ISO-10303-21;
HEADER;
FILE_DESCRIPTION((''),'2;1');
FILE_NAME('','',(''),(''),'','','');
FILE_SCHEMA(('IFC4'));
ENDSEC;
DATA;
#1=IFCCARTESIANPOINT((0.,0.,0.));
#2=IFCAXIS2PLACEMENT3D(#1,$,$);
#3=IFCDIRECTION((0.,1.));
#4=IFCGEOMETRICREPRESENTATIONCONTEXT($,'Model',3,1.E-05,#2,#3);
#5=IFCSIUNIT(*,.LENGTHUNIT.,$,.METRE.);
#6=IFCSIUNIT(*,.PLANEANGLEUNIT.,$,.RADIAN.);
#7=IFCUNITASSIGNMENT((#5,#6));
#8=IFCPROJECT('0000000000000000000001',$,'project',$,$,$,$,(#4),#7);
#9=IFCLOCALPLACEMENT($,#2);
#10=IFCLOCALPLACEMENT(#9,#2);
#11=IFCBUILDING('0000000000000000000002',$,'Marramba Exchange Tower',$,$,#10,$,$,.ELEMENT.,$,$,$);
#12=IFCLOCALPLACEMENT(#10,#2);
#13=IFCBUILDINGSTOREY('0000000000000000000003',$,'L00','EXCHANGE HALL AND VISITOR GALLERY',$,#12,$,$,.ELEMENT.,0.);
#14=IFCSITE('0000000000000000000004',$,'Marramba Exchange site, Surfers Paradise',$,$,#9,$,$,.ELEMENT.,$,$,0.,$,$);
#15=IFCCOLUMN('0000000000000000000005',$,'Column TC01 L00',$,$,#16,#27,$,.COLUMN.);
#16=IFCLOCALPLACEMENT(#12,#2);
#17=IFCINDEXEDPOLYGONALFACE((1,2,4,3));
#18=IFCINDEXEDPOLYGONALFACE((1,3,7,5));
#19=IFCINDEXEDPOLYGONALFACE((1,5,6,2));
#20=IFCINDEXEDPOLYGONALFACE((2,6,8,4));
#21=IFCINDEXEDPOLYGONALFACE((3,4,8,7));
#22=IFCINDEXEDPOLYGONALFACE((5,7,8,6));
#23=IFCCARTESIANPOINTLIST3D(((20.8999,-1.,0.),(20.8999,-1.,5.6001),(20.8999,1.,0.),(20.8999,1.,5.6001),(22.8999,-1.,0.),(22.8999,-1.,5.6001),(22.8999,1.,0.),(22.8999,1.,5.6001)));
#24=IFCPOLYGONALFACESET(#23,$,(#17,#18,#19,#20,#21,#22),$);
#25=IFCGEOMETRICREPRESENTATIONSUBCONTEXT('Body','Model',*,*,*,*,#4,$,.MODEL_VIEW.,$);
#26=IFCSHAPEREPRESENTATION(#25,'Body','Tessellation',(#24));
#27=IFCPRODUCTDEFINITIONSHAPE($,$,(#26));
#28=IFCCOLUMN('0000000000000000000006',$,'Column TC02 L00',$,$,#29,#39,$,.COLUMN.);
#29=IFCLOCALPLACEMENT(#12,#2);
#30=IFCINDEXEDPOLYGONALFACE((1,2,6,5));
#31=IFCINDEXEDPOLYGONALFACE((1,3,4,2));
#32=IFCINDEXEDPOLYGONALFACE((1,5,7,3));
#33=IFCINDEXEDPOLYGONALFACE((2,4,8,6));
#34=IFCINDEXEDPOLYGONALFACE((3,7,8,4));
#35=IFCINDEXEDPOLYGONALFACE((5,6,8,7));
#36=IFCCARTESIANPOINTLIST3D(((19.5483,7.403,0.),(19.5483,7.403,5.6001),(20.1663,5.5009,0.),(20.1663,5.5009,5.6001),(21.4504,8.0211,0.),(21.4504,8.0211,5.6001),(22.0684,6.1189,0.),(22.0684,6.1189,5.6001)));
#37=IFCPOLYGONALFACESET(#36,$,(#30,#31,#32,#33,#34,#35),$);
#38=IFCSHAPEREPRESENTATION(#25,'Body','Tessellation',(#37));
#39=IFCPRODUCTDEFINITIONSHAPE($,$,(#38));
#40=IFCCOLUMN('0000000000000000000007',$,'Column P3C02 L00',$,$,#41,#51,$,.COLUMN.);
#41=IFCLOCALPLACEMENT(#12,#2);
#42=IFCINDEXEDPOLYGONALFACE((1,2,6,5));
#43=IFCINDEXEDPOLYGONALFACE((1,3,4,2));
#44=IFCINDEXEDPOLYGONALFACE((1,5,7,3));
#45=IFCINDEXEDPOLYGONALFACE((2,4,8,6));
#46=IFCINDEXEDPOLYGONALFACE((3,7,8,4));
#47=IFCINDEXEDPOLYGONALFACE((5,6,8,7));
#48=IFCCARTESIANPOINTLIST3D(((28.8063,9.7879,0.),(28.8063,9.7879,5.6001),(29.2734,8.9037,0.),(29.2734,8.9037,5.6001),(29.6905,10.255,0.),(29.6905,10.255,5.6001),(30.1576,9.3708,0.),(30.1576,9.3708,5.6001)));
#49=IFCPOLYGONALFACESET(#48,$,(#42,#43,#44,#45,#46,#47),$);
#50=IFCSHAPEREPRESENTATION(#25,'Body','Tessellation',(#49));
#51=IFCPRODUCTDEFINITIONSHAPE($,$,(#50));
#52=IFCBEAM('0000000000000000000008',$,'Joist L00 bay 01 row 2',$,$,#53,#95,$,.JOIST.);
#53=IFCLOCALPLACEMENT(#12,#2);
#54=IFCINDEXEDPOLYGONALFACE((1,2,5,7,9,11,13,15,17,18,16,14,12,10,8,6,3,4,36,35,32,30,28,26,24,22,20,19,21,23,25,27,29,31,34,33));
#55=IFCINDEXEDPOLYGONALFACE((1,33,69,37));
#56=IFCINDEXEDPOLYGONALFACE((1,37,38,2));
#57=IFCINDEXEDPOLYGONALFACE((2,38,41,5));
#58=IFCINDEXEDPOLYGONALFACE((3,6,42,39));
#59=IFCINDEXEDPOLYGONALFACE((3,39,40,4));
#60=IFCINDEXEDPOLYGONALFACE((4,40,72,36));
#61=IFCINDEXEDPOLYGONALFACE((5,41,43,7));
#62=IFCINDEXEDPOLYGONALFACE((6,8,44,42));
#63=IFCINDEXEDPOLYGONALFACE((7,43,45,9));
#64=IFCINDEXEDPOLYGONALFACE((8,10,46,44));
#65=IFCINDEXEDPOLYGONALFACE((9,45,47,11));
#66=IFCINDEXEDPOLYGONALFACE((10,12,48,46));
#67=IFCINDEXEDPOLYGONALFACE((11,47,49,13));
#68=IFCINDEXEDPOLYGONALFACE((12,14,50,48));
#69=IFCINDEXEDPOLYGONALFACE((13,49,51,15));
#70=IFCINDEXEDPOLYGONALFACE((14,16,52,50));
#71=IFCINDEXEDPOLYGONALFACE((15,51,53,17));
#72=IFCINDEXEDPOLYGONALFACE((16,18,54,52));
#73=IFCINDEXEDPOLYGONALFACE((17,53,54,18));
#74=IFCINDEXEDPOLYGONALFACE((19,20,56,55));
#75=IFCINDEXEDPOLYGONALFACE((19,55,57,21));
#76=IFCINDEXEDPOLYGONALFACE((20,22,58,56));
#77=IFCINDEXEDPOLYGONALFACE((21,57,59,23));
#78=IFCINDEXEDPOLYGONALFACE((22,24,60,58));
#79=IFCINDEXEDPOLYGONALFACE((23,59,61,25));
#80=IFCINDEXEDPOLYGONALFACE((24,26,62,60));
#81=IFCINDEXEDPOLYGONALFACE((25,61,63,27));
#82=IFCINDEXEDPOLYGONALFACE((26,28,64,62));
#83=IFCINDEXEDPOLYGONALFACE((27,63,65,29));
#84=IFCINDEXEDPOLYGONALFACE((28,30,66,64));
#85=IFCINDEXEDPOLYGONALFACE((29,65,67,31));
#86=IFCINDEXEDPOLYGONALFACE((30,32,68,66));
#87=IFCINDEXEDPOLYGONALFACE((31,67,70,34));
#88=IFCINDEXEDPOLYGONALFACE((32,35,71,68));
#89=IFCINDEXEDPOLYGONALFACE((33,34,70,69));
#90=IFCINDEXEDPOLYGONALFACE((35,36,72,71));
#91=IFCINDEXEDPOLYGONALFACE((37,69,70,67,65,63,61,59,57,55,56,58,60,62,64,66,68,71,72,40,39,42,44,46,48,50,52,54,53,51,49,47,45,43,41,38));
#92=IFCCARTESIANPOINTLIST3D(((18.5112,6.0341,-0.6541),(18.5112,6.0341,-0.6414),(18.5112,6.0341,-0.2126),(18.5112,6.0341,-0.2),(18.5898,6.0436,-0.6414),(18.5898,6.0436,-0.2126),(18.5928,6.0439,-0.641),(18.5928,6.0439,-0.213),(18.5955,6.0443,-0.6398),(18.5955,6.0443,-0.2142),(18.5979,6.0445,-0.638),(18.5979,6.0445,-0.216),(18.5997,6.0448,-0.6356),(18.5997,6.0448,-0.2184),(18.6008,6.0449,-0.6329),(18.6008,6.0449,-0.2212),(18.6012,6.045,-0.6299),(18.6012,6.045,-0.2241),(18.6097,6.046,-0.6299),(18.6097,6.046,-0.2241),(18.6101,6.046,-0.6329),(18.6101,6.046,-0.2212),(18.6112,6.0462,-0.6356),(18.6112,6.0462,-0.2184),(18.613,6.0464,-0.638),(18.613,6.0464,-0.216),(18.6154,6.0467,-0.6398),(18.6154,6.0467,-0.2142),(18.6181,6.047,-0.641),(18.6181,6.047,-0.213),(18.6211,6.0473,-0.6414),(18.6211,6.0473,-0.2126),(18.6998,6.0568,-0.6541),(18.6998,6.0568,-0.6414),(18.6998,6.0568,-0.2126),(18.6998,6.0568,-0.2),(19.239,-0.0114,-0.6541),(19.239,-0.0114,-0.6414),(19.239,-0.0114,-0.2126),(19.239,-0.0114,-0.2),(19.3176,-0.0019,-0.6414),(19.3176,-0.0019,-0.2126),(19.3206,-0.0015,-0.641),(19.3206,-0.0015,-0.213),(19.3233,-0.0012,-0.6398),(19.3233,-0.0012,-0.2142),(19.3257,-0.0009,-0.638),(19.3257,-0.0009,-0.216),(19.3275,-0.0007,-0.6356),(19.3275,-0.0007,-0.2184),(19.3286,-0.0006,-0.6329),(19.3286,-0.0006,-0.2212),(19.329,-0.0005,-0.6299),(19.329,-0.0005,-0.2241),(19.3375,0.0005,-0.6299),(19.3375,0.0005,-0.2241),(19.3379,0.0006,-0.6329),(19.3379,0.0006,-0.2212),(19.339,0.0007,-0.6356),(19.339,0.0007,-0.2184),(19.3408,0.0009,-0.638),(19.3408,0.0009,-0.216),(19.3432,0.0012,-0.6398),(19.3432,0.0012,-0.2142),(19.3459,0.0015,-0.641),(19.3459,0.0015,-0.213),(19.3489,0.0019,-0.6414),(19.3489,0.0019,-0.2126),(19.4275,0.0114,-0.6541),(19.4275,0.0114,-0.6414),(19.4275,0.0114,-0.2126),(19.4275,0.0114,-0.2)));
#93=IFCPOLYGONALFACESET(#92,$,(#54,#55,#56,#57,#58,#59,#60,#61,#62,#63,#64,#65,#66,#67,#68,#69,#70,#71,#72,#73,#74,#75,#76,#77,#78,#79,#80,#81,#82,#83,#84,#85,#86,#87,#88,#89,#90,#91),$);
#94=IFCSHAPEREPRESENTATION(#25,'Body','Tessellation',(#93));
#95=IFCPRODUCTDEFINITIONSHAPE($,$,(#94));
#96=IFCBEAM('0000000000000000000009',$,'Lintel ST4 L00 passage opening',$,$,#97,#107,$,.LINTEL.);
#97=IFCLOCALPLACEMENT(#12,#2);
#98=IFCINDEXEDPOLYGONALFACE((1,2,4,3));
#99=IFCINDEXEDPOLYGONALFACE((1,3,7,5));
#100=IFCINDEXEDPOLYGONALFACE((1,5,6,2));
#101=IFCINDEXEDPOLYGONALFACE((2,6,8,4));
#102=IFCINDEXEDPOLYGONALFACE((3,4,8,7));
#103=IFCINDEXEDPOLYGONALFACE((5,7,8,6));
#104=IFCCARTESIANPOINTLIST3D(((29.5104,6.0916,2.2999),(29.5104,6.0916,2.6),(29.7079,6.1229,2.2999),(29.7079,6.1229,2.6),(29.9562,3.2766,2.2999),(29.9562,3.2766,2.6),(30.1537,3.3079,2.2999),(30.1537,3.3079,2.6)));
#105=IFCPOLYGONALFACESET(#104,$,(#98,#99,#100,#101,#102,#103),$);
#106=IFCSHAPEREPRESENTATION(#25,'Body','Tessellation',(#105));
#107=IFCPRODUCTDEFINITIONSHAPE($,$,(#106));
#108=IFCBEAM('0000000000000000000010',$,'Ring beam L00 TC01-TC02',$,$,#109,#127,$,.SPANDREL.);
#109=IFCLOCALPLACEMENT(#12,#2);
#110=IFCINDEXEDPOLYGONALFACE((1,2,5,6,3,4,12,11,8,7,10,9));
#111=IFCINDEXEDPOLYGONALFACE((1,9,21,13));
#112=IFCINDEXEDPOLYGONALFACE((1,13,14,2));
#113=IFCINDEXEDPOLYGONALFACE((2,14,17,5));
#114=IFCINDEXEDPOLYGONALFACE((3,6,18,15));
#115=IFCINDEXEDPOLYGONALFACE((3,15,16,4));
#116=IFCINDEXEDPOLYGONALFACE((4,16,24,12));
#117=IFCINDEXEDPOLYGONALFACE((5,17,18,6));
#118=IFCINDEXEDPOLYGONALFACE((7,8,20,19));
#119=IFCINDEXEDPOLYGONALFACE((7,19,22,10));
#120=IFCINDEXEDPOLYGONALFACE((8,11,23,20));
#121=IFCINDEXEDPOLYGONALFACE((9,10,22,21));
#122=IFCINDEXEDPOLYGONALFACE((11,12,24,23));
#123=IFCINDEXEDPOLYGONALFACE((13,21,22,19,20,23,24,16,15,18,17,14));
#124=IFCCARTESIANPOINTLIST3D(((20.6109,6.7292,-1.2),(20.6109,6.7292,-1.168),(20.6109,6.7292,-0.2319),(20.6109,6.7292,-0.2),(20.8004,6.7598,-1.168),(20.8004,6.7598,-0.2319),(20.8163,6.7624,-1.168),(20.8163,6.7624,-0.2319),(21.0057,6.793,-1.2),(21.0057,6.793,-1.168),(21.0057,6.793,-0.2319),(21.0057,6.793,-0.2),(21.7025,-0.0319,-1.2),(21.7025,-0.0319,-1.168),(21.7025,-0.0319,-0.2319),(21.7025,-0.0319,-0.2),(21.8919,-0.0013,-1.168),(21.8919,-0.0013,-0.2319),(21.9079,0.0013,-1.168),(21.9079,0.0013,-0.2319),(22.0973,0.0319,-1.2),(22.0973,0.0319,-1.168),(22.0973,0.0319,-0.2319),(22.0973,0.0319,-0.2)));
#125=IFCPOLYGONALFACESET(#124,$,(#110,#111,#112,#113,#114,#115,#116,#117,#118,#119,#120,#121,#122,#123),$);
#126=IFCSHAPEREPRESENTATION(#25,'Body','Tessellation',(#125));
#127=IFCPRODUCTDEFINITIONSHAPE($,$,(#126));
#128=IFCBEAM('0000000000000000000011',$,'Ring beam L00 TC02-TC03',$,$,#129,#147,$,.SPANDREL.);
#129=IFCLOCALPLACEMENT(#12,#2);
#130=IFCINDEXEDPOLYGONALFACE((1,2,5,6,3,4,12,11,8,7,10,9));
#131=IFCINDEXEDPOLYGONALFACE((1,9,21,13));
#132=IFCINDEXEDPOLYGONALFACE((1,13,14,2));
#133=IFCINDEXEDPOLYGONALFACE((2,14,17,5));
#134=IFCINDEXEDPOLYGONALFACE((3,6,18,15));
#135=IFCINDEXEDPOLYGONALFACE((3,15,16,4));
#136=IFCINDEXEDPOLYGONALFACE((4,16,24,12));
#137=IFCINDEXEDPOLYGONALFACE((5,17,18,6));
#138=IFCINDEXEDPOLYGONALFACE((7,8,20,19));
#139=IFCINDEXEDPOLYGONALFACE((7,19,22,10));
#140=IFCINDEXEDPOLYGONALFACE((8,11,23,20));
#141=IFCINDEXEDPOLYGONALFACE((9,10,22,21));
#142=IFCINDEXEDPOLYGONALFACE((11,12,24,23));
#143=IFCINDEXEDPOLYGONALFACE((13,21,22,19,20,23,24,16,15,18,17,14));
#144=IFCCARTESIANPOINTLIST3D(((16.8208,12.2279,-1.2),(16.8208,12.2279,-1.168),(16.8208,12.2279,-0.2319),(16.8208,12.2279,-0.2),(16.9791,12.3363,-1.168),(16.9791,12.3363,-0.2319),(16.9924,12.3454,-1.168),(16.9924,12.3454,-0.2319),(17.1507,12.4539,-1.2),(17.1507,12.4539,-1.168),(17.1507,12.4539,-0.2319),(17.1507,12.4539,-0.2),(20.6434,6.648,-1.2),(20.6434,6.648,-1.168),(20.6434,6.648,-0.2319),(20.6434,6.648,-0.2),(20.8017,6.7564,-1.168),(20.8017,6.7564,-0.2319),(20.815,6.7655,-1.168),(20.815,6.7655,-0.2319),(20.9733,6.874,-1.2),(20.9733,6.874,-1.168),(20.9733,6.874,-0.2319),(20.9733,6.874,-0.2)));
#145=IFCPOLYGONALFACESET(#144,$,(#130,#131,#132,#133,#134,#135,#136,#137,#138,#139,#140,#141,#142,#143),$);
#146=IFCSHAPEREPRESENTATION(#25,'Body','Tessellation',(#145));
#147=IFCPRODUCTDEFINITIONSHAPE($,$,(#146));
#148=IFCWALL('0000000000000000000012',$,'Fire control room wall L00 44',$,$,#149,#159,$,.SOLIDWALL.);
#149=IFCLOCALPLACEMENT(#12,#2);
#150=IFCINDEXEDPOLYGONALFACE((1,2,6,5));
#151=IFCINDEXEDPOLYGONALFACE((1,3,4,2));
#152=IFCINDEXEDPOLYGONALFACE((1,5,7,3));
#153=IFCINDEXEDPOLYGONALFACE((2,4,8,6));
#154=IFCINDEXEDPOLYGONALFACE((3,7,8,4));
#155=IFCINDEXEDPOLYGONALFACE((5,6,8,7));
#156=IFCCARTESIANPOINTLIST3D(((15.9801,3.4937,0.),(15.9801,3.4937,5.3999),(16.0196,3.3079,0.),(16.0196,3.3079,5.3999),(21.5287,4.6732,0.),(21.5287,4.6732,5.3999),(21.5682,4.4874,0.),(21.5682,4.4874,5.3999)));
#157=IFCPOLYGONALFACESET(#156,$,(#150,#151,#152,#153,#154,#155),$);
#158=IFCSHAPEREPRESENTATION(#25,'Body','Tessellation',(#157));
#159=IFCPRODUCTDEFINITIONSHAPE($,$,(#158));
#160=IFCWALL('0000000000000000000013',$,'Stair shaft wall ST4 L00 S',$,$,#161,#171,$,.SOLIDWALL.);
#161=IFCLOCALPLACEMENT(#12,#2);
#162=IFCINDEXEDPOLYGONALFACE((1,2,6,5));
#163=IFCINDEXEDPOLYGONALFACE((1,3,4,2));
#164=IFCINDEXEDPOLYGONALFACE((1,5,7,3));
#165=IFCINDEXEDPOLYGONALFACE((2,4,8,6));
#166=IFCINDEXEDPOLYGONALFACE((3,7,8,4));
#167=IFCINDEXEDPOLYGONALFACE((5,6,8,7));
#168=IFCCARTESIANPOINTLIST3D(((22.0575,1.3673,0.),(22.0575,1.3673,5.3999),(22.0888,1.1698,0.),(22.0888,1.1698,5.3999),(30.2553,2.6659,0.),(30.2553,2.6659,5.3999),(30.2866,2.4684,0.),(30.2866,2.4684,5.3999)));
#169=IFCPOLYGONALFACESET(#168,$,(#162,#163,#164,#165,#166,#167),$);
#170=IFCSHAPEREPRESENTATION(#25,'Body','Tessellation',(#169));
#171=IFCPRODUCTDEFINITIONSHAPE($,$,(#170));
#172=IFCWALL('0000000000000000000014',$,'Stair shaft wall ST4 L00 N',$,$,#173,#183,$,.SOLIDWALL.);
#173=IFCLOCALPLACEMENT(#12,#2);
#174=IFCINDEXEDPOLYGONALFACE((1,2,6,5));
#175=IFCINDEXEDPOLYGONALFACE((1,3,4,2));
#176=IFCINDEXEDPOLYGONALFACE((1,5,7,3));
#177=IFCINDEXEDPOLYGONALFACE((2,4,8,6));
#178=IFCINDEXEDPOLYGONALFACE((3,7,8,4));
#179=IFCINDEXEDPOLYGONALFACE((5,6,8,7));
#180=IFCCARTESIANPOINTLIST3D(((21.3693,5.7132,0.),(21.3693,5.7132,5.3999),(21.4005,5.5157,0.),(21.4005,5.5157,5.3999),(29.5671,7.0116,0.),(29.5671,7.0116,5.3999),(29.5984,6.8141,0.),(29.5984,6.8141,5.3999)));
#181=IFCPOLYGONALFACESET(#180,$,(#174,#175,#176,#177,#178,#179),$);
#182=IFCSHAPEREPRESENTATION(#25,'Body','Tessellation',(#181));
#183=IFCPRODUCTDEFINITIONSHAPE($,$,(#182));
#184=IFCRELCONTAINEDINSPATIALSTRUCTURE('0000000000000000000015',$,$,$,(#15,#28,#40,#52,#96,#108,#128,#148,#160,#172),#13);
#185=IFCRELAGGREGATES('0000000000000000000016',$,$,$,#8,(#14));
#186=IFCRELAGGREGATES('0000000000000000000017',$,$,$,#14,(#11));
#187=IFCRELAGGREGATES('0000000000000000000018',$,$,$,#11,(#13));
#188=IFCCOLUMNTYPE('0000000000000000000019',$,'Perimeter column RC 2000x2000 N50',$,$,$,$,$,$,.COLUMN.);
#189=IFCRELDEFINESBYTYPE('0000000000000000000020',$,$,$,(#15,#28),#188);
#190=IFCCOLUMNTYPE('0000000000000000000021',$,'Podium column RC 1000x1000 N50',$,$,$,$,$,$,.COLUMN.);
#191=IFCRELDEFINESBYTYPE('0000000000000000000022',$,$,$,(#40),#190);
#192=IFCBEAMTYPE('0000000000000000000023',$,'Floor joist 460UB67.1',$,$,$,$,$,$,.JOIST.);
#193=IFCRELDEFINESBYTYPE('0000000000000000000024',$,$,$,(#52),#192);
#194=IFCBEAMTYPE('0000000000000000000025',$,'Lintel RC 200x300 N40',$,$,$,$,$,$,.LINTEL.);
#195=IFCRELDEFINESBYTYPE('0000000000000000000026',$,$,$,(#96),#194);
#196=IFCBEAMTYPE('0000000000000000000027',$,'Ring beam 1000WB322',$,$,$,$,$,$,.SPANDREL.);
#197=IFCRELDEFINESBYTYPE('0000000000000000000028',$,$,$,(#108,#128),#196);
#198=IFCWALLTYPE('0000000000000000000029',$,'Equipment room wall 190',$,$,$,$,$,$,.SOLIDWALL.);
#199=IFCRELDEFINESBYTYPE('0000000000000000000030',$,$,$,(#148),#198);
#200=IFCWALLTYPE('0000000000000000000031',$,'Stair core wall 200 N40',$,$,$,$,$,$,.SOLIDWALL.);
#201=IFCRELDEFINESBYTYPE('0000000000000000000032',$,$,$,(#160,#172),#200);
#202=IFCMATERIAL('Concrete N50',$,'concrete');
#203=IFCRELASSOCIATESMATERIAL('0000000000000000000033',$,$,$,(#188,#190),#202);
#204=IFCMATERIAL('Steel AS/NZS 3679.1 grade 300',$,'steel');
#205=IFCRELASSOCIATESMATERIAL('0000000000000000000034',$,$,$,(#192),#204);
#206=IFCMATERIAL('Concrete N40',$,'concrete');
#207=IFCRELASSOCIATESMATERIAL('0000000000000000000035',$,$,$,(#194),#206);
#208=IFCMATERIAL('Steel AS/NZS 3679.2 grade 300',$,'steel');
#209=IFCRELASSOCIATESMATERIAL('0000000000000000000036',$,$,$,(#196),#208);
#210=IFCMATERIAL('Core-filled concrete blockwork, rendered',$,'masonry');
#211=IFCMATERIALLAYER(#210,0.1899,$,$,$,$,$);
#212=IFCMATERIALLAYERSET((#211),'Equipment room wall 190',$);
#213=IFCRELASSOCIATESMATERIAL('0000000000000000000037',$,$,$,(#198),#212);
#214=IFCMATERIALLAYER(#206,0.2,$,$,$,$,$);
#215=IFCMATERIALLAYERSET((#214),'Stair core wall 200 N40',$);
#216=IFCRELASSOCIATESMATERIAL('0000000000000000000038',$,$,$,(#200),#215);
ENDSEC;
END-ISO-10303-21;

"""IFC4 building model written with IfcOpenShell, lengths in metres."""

from ifc_helpers import new_model, si_unit, direction, frame, frame_2d, origin, origin_2d, place, context, subcontext, project, spatial, rectangle, i_section, extrude, material, layer, layer_set, material_profile, profile_set, type_object, element, save


model = new_model("IFC4")

# Units and contexts
model_context = context("Model", 3, precision=1e-05, world=origin(), true_north=direction((0.0, 1.0)))
body_context = subcontext(model_context, "Body", "Model", "MODEL_VIEW")
ifc_project = project(units=[si_unit("LENGTHUNIT", "METRE"), si_unit("PLANEANGLEUNIT", "RADIAN")], contexts=[model_context])

# Site, building, storey
site_placement = place(None, origin())
site = spatial("IfcSite", under=ifc_project, at=site_placement, Name="Marramba Exchange site, Surfers Paradise", CompositionType="ELEMENT", RefElevation=0.0)
building_placement = place(site_placement, origin())
building = spatial("IfcBuilding", under=site, at=building_placement, Name="Marramba Exchange Tower", CompositionType="ELEMENT")
storey_placement = place(building_placement, origin())
storey = spatial("IfcBuildingStorey", under=building, at=storey_placement, Name="L00", Description="EXCHANGE HALL AND VISITOR GALLERY", CompositionType="ELEMENT", Elevation=0.0)

# Columns
ifc_material_1 = material(Name="Concrete N50", Category="concrete")
ifc_material_profile_1 = material_profile(ifc_material_1, rectangle(XDim=2.0, YDim=2.0, at=origin_2d()), Name="RC 2000x2000")
ifc_profile_set_1 = profile_set([ifc_material_profile_1], Name="Concrete N50")
column_type_1 = type_object("IfcColumnType", Name="Perimeter column RC 2000x2000 N50", PredefinedType="COLUMN", material=ifc_profile_set_1)
for number, where, z_axis, x_axis, name in (
    (1, (21.8999, 0.0, 0.0), (0.0, 0.0, 1.0), (1.0, 0.0, 0.0), "Column TC01 L00"),
    (2, (20.8083, 6.761, 0.0), (0.0, 0.0, 1.0), (0.951057, 0.309017, 0.0), "Column TC02 L00"),
):
    element("IfcColumn", number, at=place(storey_placement, frame(where, z_axis=z_axis, x_axis=x_axis)), inside=storey, type_object=column_type_1, Name=name, PredefinedType="COLUMN", context=body_context, shape_type="SweptSolid", body=[
        extrude(rectangle(XDim=2.0, YDim=2.0, at=origin_2d()), origin(), (0.0, 0.0, 1.0), 5.6001),
    ])
ifc_material_profile_2 = material_profile(ifc_material_1, rectangle(XDim=1.0, YDim=1.0, at=origin_2d()), Name="RC 1000x1000")
ifc_profile_set_2 = profile_set([ifc_material_profile_2], Name="Concrete N50")
column_type_2 = type_object("IfcColumnType", Name="Podium column RC 1000x1000 N50", PredefinedType="COLUMN", material=ifc_profile_set_2)
column_placement = place(storey_placement, frame((29.4819, 9.5793, 0.0), z_axis=(0.0, 0.0, 1.0), x_axis=(0.884188, 0.467131, 0.0)))
element("IfcColumn", 3, at=column_placement, inside=storey, type_object=column_type_2, Name="Column P3C02 L00", PredefinedType="COLUMN", context=body_context, shape_type="SweptSolid", body=[
    extrude(rectangle(XDim=1.0, YDim=1.0, at=origin_2d()), origin(), (0.0, 0.0, 1.0), 5.6001),
])

# Beams
ifc_material_2 = material(Name="Steel AS/NZS 3679.1 grade 300", Category="steel")
ifc_material_profile_3 = material_profile(ifc_material_2, i_section(OverallWidth=0.1899, OverallDepth=0.4541, WebThickness=0.0085, FlangeThickness=0.0127, FilletRadius=0.0115, at=origin_2d()), Name="460UB67.1")
ifc_profile_set_3 = profile_set([ifc_material_profile_3], Name="Steel AS/NZS 3679.1 grade 300")
beam_type_1 = type_object("IfcBeamType", Name="Floor joist 460UB67.1", PredefinedType="JOIST", material=ifc_profile_set_3)
beam_1_placement = place(storey_placement, frame((19.3333, 0.0, -0.427), z_axis=(-0.119523, 0.992831, 0.0), x_axis=(-0.992831, -0.119523, 0.0)))
element("IfcBeam", 4, at=beam_1_placement, inside=storey, type_object=beam_type_1, Name="Joist L00 bay 01 row 2", PredefinedType="JOIST", context=body_context, shape_type="SweptSolid", body=[
    extrude(i_section(OverallWidth=0.1899, OverallDepth=0.4541, WebThickness=0.0085, FlangeThickness=0.0127, FilletRadius=0.0115, at=origin_2d()), origin(), (0.0, 0.0, 1.0), 6.0891),
])
ifc_material_3 = material(Name="Concrete N40", Category="concrete")
ifc_material_profile_4 = material_profile(ifc_material_3, rectangle(XDim=0.2, YDim=0.3, at=origin_2d()), Name="RC 200x300")
ifc_profile_set_4 = profile_set([ifc_material_profile_4], Name="Concrete N40")
beam_type_2 = type_object("IfcBeamType", Name="Lintel RC 200x300 N40", PredefinedType="LINTEL", material=ifc_profile_set_4)
beam_2_placement = place(storey_placement, frame((30.0549, 3.2922, 2.45), z_axis=(-0.15642, 0.987691, 0.0), x_axis=(-0.987691, -0.15642, 0.0)))
element("IfcBeam", 5, at=beam_2_placement, inside=storey, type_object=beam_type_2, Name="Lintel ST4 L00 passage opening", PredefinedType="LINTEL", context=body_context, shape_type="SweptSolid", body=[
    extrude(rectangle(XDim=0.2, YDim=0.3, at=origin_2d()), origin(), (0.0, 0.0, 1.0), 2.8501),
])
ifc_material_4 = material(Name="Steel AS/NZS 3679.2 grade 300", Category="steel")
ifc_material_profile_5 = material_profile(ifc_material_4, i_section(OverallWidth=0.3999, OverallDepth=1.0, WebThickness=0.0161, FlangeThickness=0.032, at=origin_2d()), Name="1000WB322")
ifc_profile_set_5 = profile_set([ifc_material_profile_5], Name="Steel AS/NZS 3679.2 grade 300")
beam_type_3 = type_object("IfcBeamType", Name="Ring beam 1000WB322", PredefinedType="SPANDREL", material=ifc_profile_set_5)
beam_3_placement = place(storey_placement, frame((21.8999, 0.0, -0.7), z_axis=(-0.159385, 0.987217, 0.0), x_axis=(-0.987217, -0.159385, 0.0)))
element("IfcBeam", 6, at=beam_3_placement, inside=storey, type_object=beam_type_3, Name="Ring beam L00 TC01-TC02", PredefinedType="SPANDREL", context=body_context, shape_type="SweptSolid", body=[
    extrude(i_section(OverallWidth=0.3999, OverallDepth=1.0, WebThickness=0.0161, FlangeThickness=0.032, at=origin_2d()), origin(), (0.0, 0.0, 1.0), 6.8486),
])
beam_4_placement = place(storey_placement, frame((20.8083, 6.761, -0.7), z_axis=(-0.56516, 0.824981, 0.0), x_axis=(-0.824981, -0.56516, 0.0)))
element("IfcBeam", 7, at=beam_4_placement, inside=storey, type_object=beam_type_3, Name="Ring beam L00 TC02-TC03", PredefinedType="SPANDREL", context=body_context, shape_type="SweptSolid", body=[
    extrude(i_section(OverallWidth=0.3999, OverallDepth=1.0, WebThickness=0.0161, FlangeThickness=0.032, at=origin_2d()), origin(), (0.0, 0.0, 1.0), 6.7637),
])

# Walls
ifc_material_5 = material(Name="Core-filled concrete blockwork, rendered", Category="masonry")
ifc_layer_1 = layer(ifc_material_5, 0.1899)
ifc_layer_set_1 = layer_set([ifc_layer_1], Name="Equipment room wall 190")
wall_type_1 = type_object("IfcWallType", Name="Equipment room wall 190", PredefinedType="SOLIDWALL", material=ifc_layer_set_1)
wall_1_placement = place(storey_placement, frame((21.5486, 4.5803, 0.0), z_axis=(0.0, 0.0, 1.0), x_axis=(-0.978146, -0.207921, 0.0)))
element("IfcWall", 8, at=wall_1_placement, inside=storey, type_object=wall_type_1, Name="Fire control room wall L00 44", PredefinedType="SOLIDWALL", context=body_context, shape_type="SweptSolid", body=[
    extrude(rectangle(XDim=5.6726, YDim=0.1899, at=frame_2d((2.8364, 0.0))), origin(), (0.0, 0.0, 1.0), 5.3999),
])
ifc_layer_2 = layer(ifc_material_3, 0.2)
ifc_layer_set_2 = layer_set([ifc_layer_2], Name="Stair core wall 200 N40")
wall_type_2 = type_object("IfcWallType", Name="Stair core wall 200 N40", PredefinedType="SOLIDWALL", material=ifc_layer_set_2)
for number, where, z_axis, x_axis, name in (
    (9, (22.0732, 1.2686, 0.0), (0.0, 0.0, 1.0), (0.987685, 0.156456, 0.0), "Stair shaft wall ST4 L00 S"),
    (10, (21.385, 5.6145, 0.0), (0.0, 0.0, 1.0), (0.987689, 0.156428, 0.0), "Stair shaft wall ST4 L00 N"),
):
    element("IfcWall", number, at=place(storey_placement, frame(where, z_axis=z_axis, x_axis=x_axis)), inside=storey, type_object=wall_type_2, Name=name, PredefinedType="SOLIDWALL", context=body_context, shape_type="SweptSolid", body=[
        extrude(rectangle(XDim=8.3, YDim=0.2, at=frame_2d((4.1499, 0.0))), origin(), (0.0, 0.0, 1.0), 5.3999),
    ])

save(model, "model.ifc")
